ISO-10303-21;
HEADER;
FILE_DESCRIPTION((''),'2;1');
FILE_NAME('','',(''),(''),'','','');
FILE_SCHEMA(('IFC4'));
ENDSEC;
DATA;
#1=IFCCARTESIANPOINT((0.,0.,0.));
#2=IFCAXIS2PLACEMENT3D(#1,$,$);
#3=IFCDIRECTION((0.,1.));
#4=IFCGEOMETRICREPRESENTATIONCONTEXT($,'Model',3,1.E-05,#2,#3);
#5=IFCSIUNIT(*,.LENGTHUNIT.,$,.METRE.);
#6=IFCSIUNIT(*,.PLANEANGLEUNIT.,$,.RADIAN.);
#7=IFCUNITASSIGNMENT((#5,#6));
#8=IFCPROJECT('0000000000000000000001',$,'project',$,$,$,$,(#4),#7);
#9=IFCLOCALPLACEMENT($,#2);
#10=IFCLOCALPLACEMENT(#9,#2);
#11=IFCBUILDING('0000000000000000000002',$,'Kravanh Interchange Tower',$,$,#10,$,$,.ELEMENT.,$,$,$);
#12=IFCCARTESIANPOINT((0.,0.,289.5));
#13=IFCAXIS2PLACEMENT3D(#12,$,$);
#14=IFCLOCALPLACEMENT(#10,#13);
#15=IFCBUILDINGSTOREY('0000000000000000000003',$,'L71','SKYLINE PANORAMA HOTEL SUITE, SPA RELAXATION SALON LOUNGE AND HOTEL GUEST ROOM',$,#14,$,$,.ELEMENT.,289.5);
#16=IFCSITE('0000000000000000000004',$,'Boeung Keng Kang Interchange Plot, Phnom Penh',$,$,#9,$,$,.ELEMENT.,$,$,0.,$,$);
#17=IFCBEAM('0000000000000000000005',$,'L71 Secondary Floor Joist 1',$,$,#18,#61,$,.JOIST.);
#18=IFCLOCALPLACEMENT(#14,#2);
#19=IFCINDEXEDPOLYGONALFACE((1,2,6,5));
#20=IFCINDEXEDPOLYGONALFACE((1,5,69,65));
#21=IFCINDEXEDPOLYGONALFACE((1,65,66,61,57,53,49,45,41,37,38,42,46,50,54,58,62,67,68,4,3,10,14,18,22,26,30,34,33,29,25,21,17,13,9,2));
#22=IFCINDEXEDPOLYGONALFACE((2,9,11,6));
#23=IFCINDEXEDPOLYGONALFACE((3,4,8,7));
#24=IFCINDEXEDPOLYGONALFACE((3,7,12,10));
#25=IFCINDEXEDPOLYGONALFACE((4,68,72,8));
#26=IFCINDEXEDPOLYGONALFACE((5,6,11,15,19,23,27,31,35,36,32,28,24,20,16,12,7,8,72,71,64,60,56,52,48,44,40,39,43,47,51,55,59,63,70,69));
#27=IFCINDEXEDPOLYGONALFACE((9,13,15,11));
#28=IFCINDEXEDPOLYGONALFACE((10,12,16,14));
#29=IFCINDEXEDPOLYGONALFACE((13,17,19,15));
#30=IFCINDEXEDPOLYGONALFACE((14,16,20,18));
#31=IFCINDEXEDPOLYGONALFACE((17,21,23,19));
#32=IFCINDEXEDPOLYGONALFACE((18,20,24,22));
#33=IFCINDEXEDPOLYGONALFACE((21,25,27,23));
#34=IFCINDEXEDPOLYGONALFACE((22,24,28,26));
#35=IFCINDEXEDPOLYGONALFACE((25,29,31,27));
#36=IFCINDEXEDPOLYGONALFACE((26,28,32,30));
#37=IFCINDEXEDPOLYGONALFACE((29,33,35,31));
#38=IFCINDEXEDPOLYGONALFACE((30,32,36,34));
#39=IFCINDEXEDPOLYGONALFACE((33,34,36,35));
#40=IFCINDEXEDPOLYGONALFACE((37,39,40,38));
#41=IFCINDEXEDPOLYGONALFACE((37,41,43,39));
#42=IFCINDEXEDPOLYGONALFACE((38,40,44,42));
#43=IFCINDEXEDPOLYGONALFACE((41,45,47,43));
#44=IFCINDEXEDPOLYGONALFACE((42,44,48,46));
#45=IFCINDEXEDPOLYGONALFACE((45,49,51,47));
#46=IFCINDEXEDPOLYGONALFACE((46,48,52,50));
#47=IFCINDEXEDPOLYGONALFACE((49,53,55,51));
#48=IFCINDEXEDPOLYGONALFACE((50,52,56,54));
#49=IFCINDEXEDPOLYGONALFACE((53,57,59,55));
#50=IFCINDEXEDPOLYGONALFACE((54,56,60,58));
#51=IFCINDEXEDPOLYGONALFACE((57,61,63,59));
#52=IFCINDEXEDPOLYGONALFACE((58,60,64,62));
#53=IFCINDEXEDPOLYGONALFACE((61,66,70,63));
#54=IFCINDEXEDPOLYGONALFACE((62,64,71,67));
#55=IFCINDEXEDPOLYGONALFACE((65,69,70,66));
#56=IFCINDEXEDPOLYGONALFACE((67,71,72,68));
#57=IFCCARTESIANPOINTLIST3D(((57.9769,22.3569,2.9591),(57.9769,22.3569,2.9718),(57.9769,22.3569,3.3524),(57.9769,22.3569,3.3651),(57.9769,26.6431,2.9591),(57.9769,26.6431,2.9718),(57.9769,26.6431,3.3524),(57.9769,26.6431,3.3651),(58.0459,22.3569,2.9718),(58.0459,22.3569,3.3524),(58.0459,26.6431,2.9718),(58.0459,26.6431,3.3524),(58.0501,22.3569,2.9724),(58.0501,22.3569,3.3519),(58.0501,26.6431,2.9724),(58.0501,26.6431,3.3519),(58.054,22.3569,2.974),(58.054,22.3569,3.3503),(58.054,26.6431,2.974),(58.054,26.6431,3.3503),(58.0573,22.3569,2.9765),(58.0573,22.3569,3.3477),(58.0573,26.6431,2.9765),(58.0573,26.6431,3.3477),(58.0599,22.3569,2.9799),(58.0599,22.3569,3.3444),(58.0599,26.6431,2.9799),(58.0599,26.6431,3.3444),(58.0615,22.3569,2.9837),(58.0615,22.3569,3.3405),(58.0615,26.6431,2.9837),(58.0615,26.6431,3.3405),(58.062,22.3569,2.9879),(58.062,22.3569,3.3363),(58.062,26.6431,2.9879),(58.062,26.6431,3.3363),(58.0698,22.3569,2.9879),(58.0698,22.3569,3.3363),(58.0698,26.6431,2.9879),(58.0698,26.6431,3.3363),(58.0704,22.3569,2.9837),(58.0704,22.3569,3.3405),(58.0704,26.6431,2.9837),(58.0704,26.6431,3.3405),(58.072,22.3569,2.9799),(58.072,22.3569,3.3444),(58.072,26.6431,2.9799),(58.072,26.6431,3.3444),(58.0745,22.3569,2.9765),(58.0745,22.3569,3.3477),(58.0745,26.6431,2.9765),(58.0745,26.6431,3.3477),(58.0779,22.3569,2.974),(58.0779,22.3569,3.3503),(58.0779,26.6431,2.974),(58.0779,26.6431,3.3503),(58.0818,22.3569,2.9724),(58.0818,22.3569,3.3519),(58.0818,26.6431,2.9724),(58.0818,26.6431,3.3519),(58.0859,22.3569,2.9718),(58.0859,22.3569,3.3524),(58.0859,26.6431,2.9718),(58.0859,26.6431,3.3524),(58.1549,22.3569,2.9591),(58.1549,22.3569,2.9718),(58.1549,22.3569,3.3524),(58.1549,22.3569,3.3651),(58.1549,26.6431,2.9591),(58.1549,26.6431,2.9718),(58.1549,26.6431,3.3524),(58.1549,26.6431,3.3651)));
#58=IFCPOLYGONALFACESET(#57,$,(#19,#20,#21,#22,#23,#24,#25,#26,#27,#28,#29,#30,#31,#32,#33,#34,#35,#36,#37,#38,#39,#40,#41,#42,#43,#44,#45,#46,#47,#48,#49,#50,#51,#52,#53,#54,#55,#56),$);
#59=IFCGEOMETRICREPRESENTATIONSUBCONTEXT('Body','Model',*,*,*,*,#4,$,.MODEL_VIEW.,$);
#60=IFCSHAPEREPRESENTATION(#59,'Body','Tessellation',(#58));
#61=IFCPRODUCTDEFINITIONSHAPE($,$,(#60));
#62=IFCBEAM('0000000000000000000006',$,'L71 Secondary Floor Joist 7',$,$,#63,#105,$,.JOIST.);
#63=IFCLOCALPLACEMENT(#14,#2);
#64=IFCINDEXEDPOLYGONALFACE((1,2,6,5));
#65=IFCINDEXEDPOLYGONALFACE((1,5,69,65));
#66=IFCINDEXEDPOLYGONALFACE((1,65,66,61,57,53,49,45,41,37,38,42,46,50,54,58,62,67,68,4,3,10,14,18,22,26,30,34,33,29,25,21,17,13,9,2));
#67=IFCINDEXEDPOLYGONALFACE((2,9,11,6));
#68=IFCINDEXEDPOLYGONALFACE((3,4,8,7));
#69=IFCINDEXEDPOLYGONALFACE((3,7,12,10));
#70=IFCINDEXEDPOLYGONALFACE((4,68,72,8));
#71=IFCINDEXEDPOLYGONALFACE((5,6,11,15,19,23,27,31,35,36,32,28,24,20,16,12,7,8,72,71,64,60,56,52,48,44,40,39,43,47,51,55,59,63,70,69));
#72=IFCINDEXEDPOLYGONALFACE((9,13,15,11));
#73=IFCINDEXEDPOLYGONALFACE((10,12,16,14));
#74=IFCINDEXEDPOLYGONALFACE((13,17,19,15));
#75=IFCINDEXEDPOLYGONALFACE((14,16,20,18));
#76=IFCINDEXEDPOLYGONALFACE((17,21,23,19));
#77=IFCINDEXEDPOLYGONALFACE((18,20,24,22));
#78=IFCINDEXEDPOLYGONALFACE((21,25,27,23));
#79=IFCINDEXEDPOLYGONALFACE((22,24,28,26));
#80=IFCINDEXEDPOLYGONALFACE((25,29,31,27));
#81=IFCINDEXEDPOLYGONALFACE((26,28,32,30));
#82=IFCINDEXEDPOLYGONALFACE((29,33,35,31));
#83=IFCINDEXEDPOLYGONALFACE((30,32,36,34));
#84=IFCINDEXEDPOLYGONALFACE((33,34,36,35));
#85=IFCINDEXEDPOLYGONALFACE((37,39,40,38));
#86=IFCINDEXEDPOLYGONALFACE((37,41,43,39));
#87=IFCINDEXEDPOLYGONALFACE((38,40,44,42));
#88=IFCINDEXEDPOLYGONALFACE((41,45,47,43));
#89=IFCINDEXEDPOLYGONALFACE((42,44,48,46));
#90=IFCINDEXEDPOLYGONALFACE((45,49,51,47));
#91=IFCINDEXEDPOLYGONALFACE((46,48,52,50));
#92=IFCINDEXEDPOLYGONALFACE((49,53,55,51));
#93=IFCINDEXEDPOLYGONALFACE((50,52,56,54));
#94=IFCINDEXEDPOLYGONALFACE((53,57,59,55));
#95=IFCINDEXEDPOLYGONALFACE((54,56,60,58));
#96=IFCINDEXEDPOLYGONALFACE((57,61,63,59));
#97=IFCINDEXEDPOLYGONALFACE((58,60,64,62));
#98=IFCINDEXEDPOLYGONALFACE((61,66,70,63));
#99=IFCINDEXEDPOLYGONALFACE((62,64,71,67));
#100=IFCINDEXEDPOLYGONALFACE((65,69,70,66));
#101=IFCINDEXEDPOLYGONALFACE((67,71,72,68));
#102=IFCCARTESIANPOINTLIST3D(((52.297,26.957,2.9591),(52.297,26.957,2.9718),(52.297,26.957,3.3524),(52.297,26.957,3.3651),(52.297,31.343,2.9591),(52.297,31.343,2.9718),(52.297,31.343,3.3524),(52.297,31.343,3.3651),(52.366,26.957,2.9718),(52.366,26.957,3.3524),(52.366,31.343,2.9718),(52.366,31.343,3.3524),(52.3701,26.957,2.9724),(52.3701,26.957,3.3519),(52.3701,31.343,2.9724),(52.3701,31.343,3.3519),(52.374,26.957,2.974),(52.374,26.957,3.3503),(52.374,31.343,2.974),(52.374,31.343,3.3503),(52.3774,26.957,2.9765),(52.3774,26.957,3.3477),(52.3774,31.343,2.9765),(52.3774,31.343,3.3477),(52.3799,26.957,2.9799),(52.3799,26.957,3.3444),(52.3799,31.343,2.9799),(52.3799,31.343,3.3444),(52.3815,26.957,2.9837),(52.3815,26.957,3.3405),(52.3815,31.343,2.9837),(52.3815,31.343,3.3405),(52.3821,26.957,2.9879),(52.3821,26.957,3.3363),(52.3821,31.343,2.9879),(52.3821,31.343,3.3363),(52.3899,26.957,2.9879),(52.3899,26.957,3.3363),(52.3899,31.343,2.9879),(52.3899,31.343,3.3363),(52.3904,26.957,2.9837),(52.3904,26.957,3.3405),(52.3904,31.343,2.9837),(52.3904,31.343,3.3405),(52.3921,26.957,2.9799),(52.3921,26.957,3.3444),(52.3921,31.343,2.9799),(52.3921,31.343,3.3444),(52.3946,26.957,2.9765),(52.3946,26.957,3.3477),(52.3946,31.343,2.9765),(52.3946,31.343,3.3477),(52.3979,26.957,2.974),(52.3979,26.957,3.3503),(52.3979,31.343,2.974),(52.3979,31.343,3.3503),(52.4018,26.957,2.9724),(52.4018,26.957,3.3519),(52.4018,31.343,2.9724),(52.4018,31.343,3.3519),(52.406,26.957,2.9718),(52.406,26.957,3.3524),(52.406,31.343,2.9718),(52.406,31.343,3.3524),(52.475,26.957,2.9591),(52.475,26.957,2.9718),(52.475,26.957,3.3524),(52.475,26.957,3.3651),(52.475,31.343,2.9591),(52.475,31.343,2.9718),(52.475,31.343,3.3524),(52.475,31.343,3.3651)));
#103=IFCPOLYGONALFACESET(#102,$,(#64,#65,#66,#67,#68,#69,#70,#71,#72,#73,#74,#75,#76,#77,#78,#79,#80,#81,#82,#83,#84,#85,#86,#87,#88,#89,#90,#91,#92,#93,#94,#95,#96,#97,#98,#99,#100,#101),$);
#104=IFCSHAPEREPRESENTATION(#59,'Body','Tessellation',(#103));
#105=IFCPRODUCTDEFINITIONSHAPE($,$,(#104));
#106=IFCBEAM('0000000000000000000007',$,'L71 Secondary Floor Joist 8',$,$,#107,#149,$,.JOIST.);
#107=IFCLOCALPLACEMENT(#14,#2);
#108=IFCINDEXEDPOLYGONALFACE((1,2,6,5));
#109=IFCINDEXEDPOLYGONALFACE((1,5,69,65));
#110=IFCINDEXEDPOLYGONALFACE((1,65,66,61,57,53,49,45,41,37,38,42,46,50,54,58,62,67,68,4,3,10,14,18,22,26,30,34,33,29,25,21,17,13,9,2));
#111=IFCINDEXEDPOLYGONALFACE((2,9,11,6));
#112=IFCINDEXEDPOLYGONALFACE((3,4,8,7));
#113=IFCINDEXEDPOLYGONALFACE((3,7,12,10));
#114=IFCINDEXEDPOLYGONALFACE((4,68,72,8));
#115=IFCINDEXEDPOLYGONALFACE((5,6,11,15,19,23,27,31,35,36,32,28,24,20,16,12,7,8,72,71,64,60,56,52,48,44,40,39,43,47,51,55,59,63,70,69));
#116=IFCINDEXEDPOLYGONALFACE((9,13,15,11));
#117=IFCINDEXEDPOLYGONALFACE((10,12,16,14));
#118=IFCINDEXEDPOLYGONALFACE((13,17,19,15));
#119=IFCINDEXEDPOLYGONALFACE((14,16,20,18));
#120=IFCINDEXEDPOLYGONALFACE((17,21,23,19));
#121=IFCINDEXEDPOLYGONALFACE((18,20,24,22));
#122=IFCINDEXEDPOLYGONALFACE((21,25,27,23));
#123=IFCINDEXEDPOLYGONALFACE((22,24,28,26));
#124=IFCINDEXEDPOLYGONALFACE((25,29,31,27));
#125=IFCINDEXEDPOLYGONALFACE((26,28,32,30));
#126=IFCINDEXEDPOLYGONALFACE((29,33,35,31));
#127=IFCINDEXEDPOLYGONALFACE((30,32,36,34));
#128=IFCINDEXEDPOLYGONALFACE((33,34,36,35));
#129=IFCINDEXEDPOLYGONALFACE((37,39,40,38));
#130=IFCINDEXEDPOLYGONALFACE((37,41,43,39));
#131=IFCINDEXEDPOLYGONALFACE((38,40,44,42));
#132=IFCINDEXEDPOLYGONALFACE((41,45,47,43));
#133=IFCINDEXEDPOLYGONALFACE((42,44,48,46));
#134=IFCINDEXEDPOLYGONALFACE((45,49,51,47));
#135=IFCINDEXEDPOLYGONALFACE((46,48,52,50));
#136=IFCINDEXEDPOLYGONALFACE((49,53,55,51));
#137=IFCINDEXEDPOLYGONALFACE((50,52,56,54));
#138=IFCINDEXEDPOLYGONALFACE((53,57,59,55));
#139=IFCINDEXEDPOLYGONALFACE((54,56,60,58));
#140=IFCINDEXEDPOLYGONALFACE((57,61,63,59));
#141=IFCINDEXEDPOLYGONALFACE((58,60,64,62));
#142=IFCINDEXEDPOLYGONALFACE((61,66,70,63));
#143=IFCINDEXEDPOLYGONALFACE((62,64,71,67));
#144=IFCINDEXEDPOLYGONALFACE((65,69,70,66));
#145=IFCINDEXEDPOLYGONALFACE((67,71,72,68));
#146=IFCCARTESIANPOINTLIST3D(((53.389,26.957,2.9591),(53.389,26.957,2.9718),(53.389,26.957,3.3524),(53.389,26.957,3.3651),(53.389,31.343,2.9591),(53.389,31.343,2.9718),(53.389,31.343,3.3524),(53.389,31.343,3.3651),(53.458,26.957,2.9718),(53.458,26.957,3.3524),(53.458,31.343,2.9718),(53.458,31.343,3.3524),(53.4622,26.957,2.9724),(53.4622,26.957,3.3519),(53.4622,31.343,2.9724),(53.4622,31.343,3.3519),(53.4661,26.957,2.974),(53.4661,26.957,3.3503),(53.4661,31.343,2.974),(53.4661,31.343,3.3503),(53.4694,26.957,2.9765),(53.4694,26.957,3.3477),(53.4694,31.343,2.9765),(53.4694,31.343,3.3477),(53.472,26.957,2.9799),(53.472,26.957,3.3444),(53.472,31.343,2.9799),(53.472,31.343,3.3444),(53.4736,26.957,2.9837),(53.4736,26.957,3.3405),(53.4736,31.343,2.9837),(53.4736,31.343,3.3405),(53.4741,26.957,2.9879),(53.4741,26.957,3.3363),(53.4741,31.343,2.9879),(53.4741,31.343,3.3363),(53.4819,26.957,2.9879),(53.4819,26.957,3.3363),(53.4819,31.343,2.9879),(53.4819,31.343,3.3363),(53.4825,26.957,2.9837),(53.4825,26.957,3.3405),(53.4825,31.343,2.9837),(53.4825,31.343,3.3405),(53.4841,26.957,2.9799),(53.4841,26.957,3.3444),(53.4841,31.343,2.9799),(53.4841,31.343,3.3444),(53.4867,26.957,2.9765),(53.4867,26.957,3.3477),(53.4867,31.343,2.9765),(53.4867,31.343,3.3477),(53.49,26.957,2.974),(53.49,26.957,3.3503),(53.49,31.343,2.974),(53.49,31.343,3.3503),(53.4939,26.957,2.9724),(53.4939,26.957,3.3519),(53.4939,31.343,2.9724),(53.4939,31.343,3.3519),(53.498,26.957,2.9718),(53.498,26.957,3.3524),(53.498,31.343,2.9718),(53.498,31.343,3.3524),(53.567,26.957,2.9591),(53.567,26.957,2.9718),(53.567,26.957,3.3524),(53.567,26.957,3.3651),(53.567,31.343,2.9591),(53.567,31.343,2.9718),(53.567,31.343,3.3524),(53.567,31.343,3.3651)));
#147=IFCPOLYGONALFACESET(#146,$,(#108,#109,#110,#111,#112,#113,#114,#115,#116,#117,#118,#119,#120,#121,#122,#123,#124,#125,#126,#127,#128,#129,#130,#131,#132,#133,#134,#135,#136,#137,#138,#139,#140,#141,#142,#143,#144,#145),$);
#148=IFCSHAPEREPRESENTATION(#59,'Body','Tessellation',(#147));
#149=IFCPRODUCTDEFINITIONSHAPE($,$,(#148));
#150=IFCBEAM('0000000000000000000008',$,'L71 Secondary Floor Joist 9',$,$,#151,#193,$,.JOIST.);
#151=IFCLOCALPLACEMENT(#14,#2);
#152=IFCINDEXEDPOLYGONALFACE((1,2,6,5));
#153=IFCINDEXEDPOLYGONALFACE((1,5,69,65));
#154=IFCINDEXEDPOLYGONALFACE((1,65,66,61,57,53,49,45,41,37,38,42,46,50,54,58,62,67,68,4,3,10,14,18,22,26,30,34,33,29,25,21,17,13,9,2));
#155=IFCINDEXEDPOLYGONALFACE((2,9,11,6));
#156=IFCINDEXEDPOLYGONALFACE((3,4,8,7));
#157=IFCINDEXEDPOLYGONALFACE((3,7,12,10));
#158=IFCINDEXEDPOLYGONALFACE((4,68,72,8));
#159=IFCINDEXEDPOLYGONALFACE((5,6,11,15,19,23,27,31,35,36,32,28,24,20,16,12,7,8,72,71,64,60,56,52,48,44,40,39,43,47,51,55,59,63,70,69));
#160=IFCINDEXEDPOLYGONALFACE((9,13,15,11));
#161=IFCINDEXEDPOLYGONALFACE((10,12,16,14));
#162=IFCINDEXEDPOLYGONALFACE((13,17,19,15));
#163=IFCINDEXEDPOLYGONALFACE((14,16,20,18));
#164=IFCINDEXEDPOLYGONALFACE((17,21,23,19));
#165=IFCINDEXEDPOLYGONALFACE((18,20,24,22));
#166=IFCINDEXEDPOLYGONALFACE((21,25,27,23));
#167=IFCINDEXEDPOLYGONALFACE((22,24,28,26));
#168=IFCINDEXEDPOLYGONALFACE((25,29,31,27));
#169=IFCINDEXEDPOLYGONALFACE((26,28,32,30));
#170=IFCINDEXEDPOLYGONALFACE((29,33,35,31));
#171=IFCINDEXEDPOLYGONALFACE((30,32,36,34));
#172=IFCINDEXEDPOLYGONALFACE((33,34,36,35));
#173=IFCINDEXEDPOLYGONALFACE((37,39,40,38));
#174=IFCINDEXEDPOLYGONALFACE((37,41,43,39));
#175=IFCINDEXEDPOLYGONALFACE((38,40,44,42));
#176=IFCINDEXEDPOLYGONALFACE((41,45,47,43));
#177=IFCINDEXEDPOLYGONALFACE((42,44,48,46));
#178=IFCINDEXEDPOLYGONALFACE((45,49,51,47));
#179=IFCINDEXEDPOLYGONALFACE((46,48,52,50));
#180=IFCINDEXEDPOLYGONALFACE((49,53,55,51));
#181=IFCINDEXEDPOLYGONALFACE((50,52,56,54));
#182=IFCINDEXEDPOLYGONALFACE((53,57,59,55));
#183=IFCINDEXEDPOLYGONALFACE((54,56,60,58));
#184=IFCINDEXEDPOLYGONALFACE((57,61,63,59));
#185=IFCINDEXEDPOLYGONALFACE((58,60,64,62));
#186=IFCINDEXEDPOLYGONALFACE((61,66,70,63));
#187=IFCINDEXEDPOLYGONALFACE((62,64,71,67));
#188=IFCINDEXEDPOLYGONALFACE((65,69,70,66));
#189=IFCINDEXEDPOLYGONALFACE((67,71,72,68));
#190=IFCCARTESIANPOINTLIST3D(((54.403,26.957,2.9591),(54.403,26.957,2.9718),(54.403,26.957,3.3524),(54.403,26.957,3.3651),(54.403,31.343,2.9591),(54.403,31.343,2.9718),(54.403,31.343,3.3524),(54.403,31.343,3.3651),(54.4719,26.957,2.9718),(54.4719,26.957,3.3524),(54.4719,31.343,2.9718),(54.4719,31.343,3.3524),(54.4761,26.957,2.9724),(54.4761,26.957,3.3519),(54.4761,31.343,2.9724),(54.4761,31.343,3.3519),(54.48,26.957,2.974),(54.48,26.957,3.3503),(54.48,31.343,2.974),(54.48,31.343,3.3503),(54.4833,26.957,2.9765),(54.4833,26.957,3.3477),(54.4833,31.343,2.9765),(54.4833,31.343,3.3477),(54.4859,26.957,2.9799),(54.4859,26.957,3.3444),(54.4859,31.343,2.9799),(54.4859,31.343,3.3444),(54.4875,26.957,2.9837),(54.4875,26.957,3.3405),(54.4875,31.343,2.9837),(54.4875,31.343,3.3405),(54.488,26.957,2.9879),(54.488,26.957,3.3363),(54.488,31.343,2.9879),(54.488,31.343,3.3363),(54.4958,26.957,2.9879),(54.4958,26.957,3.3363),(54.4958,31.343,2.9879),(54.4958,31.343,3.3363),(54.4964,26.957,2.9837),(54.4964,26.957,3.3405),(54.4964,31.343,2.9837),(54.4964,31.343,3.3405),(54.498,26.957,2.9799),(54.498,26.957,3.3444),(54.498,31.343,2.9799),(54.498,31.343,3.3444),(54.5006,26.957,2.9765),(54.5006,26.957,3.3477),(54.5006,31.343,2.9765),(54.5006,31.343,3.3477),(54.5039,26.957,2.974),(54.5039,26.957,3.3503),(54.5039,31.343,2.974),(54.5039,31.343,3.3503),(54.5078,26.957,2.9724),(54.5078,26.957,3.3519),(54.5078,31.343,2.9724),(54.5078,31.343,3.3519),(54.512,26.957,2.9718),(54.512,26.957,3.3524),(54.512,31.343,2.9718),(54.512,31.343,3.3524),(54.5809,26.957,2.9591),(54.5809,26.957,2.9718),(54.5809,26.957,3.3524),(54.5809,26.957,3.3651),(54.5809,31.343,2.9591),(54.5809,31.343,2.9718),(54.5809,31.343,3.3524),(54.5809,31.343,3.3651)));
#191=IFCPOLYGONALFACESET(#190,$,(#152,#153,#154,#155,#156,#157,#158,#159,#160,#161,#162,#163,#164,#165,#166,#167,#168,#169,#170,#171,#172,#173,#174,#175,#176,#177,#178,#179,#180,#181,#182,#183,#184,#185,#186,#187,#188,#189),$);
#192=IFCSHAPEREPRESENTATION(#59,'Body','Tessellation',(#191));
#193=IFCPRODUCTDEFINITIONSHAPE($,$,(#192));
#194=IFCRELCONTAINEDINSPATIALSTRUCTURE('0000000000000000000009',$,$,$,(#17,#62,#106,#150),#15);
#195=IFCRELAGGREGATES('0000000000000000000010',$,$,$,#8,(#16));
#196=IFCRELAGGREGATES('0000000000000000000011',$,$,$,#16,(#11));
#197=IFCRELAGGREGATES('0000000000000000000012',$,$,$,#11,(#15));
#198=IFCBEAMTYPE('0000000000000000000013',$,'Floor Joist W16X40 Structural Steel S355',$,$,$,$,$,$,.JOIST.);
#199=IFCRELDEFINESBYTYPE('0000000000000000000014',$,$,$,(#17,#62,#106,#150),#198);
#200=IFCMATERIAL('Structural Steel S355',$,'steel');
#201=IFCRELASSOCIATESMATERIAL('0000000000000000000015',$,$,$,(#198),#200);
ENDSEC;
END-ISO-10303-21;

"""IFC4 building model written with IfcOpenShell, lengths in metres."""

from ifc_helpers import new_model, si_unit, direction, frame, origin, origin_2d, place, context, subcontext, project, spatial, i_section, extrude, material, material_profile, profile_set, type_object, element, save


model = new_model("IFC4")

# Units and contexts
model_context = context("Model", 3, precision=1e-05, world=origin(), true_north=direction((0.0, 1.0)))
body_context = subcontext(model_context, "Body", "Model", "MODEL_VIEW")
ifc_project = project(units=[si_unit("LENGTHUNIT", "METRE"), si_unit("PLANEANGLEUNIT", "RADIAN")], contexts=[model_context])

# Site, building, storey
site_placement = place(None, origin())
site = spatial("IfcSite", under=ifc_project, at=site_placement, Name="Boeung Keng Kang Interchange Plot, Phnom Penh", CompositionType="ELEMENT", RefElevation=0.0)
building_placement = place(site_placement, origin())
building = spatial("IfcBuilding", under=site, at=building_placement, Name="Kravanh Interchange Tower", CompositionType="ELEMENT")
storey_placement = place(building_placement, frame((0.0, 0.0, 289.5)))
storey = spatial("IfcBuildingStorey", under=building, at=storey_placement, Name="L71", Description="SKYLINE PANORAMA HOTEL SUITE, SPA RELAXATION SALON LOUNGE AND HOTEL GUEST ROOM", CompositionType="ELEMENT", Elevation=289.5)

# Beams
ifc_material_1 = material(Name="Structural Steel S355", Category="steel")
ifc_material_profile_1 = material_profile(ifc_material_1, i_section(OverallWidth=0.178, OverallDepth=0.406, WebThickness=0.0078, FlangeThickness=0.0127, FilletRadius=0.0161, at=origin_2d()), Name="W16X40")
ifc_profile_set_1 = profile_set([ifc_material_profile_1], Name="Structural Steel S355")
beam_type_1 = type_object("IfcBeamType", Name="Floor Joist W16X40 Structural Steel S355", PredefinedType="JOIST", material=ifc_profile_set_1)
beam_1_placement = place(storey_placement, frame((58.0659, 22.3569, 3.1621), z_axis=(0.0, 1.0, 0.0), x_axis=(-1.0, 0.0, 0.0)))
element("IfcBeam", 1, at=beam_1_placement, inside=storey, type_object=beam_type_1, Name="L71 Secondary Floor Joist 1", PredefinedType="JOIST", context=body_context, shape_type="SweptSolid", body=[
    extrude(i_section(OverallWidth=0.178, OverallDepth=0.406, WebThickness=0.0078, FlangeThickness=0.0127, FilletRadius=0.0161, at=origin_2d()), origin(), (0.0, 0.0, 1.0), 4.2861),
])
for number, where, z_axis, x_axis, name in (
    (2, (52.386, 26.957, 3.1621), (0.0, 1.0, 0.0), (-1.0, 0.0, 0.0), "L71 Secondary Floor Joist 7"),
    (3, (53.478, 26.957, 3.1621), (0.0, 1.0, 0.0), (-1.0, 0.0, 0.0), "L71 Secondary Floor Joist 8"),
    (4, (54.4919, 26.957, 3.1621), (0.0, 1.0, 0.0), (-1.0, 0.0, 0.0), "L71 Secondary Floor Joist 9"),
):
    element("IfcBeam", number, at=place(storey_placement, frame(where, z_axis=z_axis, x_axis=x_axis)), inside=storey, type_object=beam_type_1, Name=name, PredefinedType="JOIST", context=body_context, shape_type="SweptSolid", body=[
        extrude(i_section(OverallWidth=0.178, OverallDepth=0.406, WebThickness=0.0078, FlangeThickness=0.0127, FilletRadius=0.0161, at=origin_2d()), origin(), (0.0, 0.0, 1.0), 4.386),
    ])

save(model, "model.ifc")
